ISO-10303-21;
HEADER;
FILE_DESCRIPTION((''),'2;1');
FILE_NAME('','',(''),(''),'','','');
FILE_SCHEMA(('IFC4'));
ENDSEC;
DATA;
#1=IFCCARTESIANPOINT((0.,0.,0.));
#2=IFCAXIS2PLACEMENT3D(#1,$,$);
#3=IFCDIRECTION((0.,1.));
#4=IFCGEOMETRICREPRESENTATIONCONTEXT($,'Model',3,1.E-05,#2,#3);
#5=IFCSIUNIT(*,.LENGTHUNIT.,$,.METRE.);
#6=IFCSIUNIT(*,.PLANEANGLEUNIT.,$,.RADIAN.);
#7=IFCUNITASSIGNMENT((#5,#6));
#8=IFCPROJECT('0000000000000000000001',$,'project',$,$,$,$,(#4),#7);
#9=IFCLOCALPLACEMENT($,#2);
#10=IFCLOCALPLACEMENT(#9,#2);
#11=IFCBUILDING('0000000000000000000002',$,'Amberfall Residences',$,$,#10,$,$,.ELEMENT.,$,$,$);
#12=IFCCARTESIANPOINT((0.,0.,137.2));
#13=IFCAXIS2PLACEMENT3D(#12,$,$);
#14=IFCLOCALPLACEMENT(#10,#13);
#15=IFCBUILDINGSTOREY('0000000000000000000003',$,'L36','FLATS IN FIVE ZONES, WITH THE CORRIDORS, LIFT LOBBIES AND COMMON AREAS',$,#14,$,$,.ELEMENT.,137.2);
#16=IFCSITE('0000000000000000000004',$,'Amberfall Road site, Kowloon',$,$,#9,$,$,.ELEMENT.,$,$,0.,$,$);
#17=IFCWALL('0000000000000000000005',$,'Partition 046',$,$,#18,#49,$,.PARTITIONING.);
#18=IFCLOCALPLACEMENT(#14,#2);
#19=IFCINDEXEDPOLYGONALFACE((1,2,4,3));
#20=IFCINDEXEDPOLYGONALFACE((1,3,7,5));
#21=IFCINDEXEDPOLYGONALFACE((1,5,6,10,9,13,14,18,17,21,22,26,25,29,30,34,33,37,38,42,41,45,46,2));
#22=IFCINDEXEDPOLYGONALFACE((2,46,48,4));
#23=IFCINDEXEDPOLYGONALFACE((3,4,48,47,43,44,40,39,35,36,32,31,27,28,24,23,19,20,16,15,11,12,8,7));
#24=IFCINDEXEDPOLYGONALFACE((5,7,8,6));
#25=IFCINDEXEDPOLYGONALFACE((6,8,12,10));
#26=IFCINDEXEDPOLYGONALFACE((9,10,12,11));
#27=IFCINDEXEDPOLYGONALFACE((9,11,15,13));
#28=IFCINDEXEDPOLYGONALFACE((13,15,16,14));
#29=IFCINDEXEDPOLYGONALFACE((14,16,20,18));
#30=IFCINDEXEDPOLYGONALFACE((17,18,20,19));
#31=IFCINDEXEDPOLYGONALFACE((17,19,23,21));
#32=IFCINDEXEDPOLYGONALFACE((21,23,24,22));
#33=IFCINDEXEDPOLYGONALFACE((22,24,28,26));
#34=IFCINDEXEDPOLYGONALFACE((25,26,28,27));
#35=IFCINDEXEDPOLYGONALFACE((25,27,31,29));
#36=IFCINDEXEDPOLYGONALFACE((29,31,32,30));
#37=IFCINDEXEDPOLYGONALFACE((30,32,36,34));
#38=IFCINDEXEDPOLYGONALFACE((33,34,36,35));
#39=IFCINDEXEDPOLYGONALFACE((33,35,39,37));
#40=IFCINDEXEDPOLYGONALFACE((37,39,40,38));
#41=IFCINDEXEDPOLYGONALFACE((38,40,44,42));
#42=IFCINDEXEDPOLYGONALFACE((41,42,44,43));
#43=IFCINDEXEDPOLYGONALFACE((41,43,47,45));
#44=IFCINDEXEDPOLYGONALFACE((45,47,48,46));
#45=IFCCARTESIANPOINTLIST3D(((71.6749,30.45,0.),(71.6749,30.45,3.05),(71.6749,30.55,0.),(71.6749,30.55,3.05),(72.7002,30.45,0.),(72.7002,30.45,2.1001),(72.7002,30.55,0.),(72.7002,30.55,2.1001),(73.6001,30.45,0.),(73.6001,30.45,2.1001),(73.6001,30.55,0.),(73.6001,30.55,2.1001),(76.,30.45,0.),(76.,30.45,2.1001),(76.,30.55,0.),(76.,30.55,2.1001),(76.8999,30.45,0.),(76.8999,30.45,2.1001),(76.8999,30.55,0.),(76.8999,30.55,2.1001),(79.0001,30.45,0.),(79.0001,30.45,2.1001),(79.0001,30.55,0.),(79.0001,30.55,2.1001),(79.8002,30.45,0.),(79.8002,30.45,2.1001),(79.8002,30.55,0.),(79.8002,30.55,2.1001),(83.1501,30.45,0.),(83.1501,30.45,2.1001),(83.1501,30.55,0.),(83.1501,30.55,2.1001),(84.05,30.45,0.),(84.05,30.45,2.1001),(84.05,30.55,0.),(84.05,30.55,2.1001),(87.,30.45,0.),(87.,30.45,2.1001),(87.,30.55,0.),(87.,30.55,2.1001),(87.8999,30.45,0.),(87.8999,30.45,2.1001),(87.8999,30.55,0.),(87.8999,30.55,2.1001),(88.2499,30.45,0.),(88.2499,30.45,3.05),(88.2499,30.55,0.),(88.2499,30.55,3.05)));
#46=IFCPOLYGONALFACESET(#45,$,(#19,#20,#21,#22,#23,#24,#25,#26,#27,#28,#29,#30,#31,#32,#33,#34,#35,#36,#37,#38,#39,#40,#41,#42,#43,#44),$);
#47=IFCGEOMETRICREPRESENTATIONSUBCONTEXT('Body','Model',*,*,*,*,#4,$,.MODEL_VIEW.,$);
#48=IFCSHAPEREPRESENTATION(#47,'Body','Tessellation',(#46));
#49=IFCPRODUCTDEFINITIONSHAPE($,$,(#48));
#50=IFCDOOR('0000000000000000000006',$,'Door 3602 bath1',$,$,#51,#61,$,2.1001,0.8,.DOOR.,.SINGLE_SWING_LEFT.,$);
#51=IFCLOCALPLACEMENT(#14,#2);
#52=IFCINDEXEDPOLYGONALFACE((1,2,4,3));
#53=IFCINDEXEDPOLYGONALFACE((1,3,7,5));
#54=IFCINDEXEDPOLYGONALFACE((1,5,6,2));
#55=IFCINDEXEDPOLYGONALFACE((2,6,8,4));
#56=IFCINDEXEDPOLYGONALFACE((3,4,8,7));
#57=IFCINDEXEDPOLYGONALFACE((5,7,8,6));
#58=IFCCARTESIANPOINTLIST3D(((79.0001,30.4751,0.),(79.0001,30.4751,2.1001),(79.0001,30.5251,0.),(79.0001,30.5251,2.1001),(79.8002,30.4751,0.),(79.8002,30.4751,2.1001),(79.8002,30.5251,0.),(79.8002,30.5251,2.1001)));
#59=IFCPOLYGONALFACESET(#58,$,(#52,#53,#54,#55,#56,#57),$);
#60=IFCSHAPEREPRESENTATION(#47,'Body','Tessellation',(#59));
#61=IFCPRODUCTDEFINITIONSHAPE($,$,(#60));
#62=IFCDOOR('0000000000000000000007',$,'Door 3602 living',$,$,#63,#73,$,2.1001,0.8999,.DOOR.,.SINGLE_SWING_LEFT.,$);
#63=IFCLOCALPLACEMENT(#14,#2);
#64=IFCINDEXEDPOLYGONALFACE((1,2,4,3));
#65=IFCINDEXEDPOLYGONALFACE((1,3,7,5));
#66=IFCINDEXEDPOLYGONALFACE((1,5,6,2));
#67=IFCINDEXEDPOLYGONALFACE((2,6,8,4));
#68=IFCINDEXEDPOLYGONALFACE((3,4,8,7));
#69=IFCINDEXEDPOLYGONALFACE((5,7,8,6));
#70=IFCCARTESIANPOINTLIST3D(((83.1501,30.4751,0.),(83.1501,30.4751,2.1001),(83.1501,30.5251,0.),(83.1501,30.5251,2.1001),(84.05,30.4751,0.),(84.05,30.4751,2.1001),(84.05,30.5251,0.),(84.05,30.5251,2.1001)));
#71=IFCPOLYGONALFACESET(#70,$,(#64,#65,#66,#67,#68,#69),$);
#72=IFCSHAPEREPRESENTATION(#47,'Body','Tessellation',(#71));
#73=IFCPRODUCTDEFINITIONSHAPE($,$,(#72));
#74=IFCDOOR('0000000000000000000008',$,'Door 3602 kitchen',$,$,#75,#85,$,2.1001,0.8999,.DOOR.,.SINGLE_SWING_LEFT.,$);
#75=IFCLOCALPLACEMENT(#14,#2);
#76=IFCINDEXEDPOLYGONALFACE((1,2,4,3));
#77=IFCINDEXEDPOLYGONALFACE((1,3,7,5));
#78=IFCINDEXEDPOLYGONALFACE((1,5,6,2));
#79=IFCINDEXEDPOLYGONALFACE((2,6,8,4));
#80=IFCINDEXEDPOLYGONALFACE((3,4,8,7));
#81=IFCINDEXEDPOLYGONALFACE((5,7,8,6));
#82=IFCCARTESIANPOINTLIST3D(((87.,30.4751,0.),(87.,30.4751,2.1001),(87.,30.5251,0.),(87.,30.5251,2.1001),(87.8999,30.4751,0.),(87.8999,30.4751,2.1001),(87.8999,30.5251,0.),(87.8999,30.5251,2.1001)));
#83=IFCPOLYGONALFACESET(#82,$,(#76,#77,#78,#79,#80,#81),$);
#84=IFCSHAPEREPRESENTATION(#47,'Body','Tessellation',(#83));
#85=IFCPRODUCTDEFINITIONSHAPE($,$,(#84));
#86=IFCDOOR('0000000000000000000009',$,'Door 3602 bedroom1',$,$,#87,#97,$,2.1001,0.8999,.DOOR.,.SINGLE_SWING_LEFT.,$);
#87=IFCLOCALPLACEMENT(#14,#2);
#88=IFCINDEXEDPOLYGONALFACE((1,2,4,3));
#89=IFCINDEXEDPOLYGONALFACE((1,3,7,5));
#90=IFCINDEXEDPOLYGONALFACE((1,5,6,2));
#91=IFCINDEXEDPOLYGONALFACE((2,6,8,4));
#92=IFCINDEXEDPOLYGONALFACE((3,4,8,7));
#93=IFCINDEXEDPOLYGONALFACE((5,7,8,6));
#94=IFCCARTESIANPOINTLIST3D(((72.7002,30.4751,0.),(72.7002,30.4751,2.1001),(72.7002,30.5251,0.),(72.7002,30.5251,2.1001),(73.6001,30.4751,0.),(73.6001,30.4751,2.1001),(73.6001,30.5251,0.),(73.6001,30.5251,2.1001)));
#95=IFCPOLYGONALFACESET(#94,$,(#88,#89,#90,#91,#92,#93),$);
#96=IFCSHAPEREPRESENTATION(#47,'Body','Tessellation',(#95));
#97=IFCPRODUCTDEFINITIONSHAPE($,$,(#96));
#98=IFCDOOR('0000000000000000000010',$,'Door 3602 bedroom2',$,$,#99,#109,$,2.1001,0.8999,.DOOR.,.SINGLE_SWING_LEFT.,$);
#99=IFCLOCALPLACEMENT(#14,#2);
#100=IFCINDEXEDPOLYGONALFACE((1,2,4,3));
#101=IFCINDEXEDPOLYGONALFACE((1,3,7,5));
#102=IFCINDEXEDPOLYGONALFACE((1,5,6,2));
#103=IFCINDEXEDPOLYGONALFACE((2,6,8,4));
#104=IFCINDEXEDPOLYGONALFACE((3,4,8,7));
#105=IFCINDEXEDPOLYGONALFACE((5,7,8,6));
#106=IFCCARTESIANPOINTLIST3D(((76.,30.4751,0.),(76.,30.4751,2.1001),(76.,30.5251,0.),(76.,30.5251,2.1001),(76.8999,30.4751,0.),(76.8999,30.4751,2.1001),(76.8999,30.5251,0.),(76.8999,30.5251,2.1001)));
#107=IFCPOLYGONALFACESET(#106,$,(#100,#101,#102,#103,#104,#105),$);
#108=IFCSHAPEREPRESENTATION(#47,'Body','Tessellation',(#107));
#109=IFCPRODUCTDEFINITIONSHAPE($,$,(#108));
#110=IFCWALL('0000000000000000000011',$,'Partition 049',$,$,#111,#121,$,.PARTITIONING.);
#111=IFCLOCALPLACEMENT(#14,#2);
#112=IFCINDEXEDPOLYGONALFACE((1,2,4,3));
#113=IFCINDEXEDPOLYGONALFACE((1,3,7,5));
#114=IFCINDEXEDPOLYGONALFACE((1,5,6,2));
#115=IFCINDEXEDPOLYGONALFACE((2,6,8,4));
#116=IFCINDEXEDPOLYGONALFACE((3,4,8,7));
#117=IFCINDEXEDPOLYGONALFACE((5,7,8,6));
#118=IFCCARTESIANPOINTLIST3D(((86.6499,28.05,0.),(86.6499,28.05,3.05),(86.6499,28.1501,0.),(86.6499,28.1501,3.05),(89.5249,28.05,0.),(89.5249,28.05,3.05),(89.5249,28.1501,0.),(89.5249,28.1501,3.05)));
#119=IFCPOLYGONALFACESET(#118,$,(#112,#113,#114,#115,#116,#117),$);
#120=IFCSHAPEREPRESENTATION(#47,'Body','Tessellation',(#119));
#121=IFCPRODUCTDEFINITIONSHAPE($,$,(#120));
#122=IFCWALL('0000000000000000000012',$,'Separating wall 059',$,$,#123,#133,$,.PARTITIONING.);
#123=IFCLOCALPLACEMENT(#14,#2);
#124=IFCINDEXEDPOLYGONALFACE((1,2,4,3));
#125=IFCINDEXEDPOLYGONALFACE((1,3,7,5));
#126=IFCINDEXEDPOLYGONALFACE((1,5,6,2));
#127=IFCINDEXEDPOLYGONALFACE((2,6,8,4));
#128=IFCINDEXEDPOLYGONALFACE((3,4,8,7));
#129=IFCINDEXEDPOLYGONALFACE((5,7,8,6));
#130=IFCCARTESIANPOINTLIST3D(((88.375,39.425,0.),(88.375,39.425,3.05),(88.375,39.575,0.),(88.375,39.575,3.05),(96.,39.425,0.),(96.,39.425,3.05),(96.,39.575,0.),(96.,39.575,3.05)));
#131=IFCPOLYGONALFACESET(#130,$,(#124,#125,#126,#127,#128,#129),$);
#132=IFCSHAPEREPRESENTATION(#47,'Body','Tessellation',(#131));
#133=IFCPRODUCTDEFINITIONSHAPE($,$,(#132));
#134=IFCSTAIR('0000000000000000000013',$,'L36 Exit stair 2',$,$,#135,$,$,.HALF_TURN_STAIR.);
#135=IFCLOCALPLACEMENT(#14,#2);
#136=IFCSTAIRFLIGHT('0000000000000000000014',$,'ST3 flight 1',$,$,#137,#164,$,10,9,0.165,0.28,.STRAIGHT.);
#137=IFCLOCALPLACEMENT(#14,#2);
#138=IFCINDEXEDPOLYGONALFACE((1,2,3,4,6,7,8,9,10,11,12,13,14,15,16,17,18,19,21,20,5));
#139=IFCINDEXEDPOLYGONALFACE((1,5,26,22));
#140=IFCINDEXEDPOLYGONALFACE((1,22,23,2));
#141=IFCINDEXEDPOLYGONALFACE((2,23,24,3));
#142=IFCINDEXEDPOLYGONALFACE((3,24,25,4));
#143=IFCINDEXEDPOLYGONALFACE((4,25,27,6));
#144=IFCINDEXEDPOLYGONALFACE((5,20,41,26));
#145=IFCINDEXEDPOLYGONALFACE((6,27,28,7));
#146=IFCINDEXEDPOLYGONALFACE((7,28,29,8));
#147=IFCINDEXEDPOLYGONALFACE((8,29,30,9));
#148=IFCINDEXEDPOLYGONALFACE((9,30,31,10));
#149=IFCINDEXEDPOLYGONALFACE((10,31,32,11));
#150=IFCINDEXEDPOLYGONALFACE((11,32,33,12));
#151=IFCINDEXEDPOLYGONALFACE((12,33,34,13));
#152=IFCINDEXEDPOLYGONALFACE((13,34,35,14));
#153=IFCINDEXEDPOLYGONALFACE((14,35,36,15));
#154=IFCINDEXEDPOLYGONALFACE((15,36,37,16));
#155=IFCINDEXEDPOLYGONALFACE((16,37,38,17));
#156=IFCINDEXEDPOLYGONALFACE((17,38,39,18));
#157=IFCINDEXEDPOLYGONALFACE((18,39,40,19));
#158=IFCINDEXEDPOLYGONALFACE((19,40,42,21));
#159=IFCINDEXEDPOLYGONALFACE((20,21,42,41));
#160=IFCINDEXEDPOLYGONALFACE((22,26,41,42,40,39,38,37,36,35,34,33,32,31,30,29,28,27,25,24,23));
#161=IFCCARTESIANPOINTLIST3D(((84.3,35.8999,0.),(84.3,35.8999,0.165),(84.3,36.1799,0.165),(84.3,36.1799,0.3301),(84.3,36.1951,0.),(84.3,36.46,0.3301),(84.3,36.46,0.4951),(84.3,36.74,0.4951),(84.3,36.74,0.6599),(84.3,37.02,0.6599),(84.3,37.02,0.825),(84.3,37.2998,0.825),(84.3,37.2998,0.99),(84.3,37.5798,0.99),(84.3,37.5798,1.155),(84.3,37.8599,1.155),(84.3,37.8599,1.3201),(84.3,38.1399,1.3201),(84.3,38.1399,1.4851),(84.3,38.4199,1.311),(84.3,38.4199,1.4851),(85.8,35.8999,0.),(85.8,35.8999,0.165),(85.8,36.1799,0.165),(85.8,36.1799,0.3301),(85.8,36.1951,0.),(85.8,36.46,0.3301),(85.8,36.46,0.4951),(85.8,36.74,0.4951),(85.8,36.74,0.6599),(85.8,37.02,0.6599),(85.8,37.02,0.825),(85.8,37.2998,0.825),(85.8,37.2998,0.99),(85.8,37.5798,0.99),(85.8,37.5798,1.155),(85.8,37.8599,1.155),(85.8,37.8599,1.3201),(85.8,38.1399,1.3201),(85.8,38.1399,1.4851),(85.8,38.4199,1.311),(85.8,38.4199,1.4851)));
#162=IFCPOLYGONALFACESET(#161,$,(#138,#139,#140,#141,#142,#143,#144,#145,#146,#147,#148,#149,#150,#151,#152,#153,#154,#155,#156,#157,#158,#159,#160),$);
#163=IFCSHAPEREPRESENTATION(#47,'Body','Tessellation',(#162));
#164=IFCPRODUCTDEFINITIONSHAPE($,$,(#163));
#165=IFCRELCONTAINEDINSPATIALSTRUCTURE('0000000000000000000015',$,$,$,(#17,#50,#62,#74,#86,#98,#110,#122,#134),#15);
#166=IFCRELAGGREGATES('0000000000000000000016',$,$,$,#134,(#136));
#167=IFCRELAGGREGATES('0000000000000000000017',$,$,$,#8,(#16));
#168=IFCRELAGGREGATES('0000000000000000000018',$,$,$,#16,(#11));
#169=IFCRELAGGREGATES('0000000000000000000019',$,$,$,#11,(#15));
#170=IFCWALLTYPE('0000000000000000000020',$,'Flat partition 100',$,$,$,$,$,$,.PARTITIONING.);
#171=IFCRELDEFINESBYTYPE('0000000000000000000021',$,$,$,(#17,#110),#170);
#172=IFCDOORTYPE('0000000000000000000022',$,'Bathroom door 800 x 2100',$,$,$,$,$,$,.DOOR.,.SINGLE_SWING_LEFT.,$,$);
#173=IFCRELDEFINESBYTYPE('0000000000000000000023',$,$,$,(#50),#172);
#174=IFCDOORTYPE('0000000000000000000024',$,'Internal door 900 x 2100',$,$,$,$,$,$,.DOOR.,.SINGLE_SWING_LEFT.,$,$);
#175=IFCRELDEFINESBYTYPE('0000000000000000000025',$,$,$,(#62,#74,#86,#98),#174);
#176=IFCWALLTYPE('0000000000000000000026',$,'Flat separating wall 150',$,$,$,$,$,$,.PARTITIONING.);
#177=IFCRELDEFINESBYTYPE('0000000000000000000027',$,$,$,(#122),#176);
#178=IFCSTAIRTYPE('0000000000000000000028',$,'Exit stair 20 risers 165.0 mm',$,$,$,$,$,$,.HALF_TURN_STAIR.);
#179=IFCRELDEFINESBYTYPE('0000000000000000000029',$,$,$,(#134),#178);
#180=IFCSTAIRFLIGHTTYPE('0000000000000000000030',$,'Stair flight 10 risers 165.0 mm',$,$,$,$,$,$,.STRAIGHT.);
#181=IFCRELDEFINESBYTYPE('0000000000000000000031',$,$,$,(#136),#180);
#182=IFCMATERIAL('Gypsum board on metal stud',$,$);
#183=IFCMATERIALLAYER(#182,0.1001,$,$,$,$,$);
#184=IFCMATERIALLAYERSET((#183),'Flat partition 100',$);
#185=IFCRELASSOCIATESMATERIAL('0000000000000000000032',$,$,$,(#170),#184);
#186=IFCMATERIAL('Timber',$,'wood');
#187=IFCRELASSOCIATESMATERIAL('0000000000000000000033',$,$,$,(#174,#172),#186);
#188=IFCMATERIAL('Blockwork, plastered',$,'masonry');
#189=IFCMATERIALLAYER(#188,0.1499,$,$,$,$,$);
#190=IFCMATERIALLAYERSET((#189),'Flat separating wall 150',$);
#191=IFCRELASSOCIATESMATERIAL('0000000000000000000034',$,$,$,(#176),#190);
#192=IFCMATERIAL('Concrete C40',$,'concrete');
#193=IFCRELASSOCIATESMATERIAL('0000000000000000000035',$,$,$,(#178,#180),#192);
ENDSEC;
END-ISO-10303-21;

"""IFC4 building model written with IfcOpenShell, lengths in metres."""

from ifc_helpers import new_model, si_unit, direction, frame, frame_2d, origin, place, context, subcontext, project, spatial, polyline, rectangle, outline, extrude, material, layer, layer_set, type_object, element, fill, aggregate, save


model = new_model("IFC4")

# Units and contexts
model_context = context("Model", 3, precision=1e-05, world=origin(), true_north=direction((0.0, 1.0)))
body_context = subcontext(model_context, "Body", "Model", "MODEL_VIEW")
ifc_project = project(units=[si_unit("LENGTHUNIT", "METRE"), si_unit("PLANEANGLEUNIT", "RADIAN")], contexts=[model_context])

# Site, building, storey
site_placement = place(None, origin())
site = spatial("IfcSite", under=ifc_project, at=site_placement, Name="Amberfall Road site, Kowloon", CompositionType="ELEMENT", RefElevation=0.0)
building_placement = place(site_placement, origin())
building = spatial("IfcBuilding", under=site, at=building_placement, Name="Amberfall Residences", CompositionType="ELEMENT")
storey_placement = place(building_placement, frame((0.0, 0.0, 137.2)))
storey = spatial("IfcBuildingStorey", under=building, at=storey_placement, Name="L36", Description="FLATS IN FIVE ZONES, WITH THE CORRIDORS, LIFT LOBBIES AND COMMON AREAS", CompositionType="ELEMENT", Elevation=137.2)

# Shared definitions
ifc_material_1 = material(Name="Gypsum board on metal stud")
ifc_layer_1 = layer(ifc_material_1, 0.1001)
ifc_layer_set_1 = layer_set([ifc_layer_1], Name="Flat partition 100")
wall_type_1 = type_object("IfcWallType", Name="Flat partition 100", PredefinedType="PARTITIONING", material=ifc_layer_set_1)

# Wall, openings, doors
ifc_material_2 = material(Name="Timber", Category="wood")
door_type_1 = type_object("IfcDoorType", Name="Internal door 900 x 2100", OperationType="SINGLE_SWING_LEFT", PredefinedType="DOOR", material=ifc_material_2)
wall_1_placement = place(storey_placement, frame((88.25, 30.5, 0.0), z_axis=(0.0, 0.0, 1.0), x_axis=(-1.0, 0.0, 0.0)))
wall_1 = element("IfcWall", 1, at=wall_1_placement, inside=storey, type_object=wall_type_1, Name="Partition 046", PredefinedType="PARTITIONING", context=body_context, shape_type="SweptSolid", body=[
    extrude(rectangle(XDim=16.575, YDim=0.1001, at=frame_2d((8.2876, 0.0))), origin(), (0.0, 0.0, 1.0), 3.05),
])
opening_1_placement = place(wall_1_placement, frame((4.2, 0.0, 0.0)))
opening_1 = element("IfcOpeningElement", 2, at=opening_1_placement, cuts=wall_1, PredefinedType="OPENING", context=body_context, shape_type="SweptSolid", body=[
    extrude(rectangle(XDim=0.8999, YDim=2.1001, at=frame_2d((0.45, 1.05))), frame((0.0, 0.0601, 0.0), z_axis=(0.0, -1.0, 0.0), x_axis=(1.0, 0.0, 0.0)), (0.0, 0.0, 1.0), 0.1201),
])
opening_2_placement = place(wall_1_placement, frame((0.3501, 0.0, 0.0)))
opening_2 = element("IfcOpeningElement", 3, at=opening_2_placement, cuts=wall_1, PredefinedType="OPENING", context=body_context, shape_type="SweptSolid", body=[
    extrude(rectangle(XDim=0.8999, YDim=2.1001, at=frame_2d((0.45, 1.05))), frame((0.0, 0.0601, 0.0), z_axis=(0.0, -1.0, 0.0), x_axis=(1.0, 0.0, 0.0)), (0.0, 0.0, 1.0), 0.1201),
])
opening_3_placement = place(wall_1_placement, frame((14.6499, 0.0, 0.0)))
opening_3 = element("IfcOpeningElement", 4, at=opening_3_placement, cuts=wall_1, PredefinedType="OPENING", context=body_context, shape_type="SweptSolid", body=[
    extrude(rectangle(XDim=0.8999, YDim=2.1001, at=frame_2d((0.45, 1.05))), frame((0.0, 0.0601, 0.0), z_axis=(0.0, -1.0, 0.0), x_axis=(1.0, 0.0, 0.0)), (0.0, 0.0, 1.0), 0.1201),
])
opening_4_placement = place(wall_1_placement, frame((11.3501, 0.0, 0.0)))
opening_4 = element("IfcOpeningElement", 5, at=opening_4_placement, cuts=wall_1, PredefinedType="OPENING", context=body_context, shape_type="SweptSolid", body=[
    extrude(rectangle(XDim=0.8999, YDim=2.1001, at=frame_2d((0.45, 1.05))), frame((0.0, 0.0601, 0.0), z_axis=(0.0, -1.0, 0.0), x_axis=(1.0, 0.0, 0.0)), (0.0, 0.0, 1.0), 0.1201),
])
opening_5_placement = place(wall_1_placement, frame((8.45, 0.0, 0.0)))
opening_5 = element("IfcOpeningElement", 6, at=opening_5_placement, cuts=wall_1, PredefinedType="OPENING", context=body_context, shape_type="SweptSolid", body=[
    extrude(rectangle(XDim=0.8, YDim=2.1001, at=frame_2d((0.3999, 1.05))), frame((0.0, 0.0601, 0.0), z_axis=(0.0, -1.0, 0.0), x_axis=(1.0, 0.0, 0.0)), (0.0, 0.0, 1.0), 0.1201),
])
door_type_2 = type_object("IfcDoorType", Name="Bathroom door 800 x 2100", OperationType="SINGLE_SWING_LEFT", PredefinedType="DOOR", material=ifc_material_2)
door_1_placement = place(opening_5_placement, origin())
door_1 = element("IfcDoor", 7, at=door_1_placement, inside=storey, type_object=door_type_2, Name="Door 3602 bath1", OperationType="SINGLE_SWING_LEFT", OverallHeight=2.1001, OverallWidth=0.8, PredefinedType="DOOR", context=body_context, shape_type="SweptSolid", body=[
    extrude(rectangle(XDim=0.8, YDim=2.1001, at=frame_2d((0.3999, 1.05))), frame((0.0, 0.0249, 0.0), z_axis=(0.0, -1.0, 0.0), x_axis=(1.0, 0.0, 0.0)), (0.0, 0.0, 1.0), 0.05),
])
fill(opening_5, door_1)
door_2_placement = place(opening_1_placement, origin())
door_2 = element("IfcDoor", 8, at=door_2_placement, inside=storey, type_object=door_type_1, Name="Door 3602 living", OperationType="SINGLE_SWING_LEFT", OverallHeight=2.1001, OverallWidth=0.8999, PredefinedType="DOOR", context=body_context, shape_type="SweptSolid", body=[
    extrude(rectangle(XDim=0.8999, YDim=2.1001, at=frame_2d((0.45, 1.05))), frame((0.0, 0.0249, 0.0), z_axis=(0.0, -1.0, 0.0), x_axis=(1.0, 0.0, 0.0)), (0.0, 0.0, 1.0), 0.05),
])
fill(opening_1, door_2)
door_3_placement = place(opening_2_placement, origin())
door_3 = element("IfcDoor", 9, at=door_3_placement, inside=storey, type_object=door_type_1, Name="Door 3602 kitchen", OperationType="SINGLE_SWING_LEFT", OverallHeight=2.1001, OverallWidth=0.8999, PredefinedType="DOOR", context=body_context, shape_type="SweptSolid", body=[
    extrude(rectangle(XDim=0.8999, YDim=2.1001, at=frame_2d((0.45, 1.05))), frame((0.0, 0.0249, 0.0), z_axis=(0.0, -1.0, 0.0), x_axis=(1.0, 0.0, 0.0)), (0.0, 0.0, 1.0), 0.05),
])
fill(opening_2, door_3)
door_4_placement = place(opening_3_placement, origin())
door_4 = element("IfcDoor", 10, at=door_4_placement, inside=storey, type_object=door_type_1, Name="Door 3602 bedroom1", OperationType="SINGLE_SWING_LEFT", OverallHeight=2.1001, OverallWidth=0.8999, PredefinedType="DOOR", context=body_context, shape_type="SweptSolid", body=[
    extrude(rectangle(XDim=0.8999, YDim=2.1001, at=frame_2d((0.45, 1.05))), frame((0.0, 0.0249, 0.0), z_axis=(0.0, -1.0, 0.0), x_axis=(1.0, 0.0, 0.0)), (0.0, 0.0, 1.0), 0.05),
])
fill(opening_3, door_4)
door_5_placement = place(opening_4_placement, origin())
door_5 = element("IfcDoor", 11, at=door_5_placement, inside=storey, type_object=door_type_1, Name="Door 3602 bedroom2", OperationType="SINGLE_SWING_LEFT", OverallHeight=2.1001, OverallWidth=0.8999, PredefinedType="DOOR", context=body_context, shape_type="SweptSolid", body=[
    extrude(rectangle(XDim=0.8999, YDim=2.1001, at=frame_2d((0.45, 1.05))), frame((0.0, 0.0249, 0.0), z_axis=(0.0, -1.0, 0.0), x_axis=(1.0, 0.0, 0.0)), (0.0, 0.0, 1.0), 0.05),
])
fill(opening_4, door_5)

# Walls
wall_2_placement = place(storey_placement, frame((86.6499, 28.1001, 0.0), z_axis=(0.0, 0.0, 1.0), x_axis=(1.0, 0.0, 0.0)))
element("IfcWall", 12, at=wall_2_placement, inside=storey, type_object=wall_type_1, Name="Partition 049", PredefinedType="PARTITIONING", context=body_context, shape_type="SweptSolid", body=[
    extrude(rectangle(XDim=2.875, YDim=0.1001, at=frame_2d((1.4375, 0.0))), origin(), (0.0, 0.0, 1.0), 3.05),
])
ifc_material_3 = material(Name="Blockwork, plastered", Category="masonry")
ifc_layer_2 = layer(ifc_material_3, 0.1499)
ifc_layer_set_2 = layer_set([ifc_layer_2], Name="Flat separating wall 150")
wall_type_2 = type_object("IfcWallType", Name="Flat separating wall 150", PredefinedType="PARTITIONING", material=ifc_layer_set_2)
wall_3_placement = place(storey_placement, frame((88.375, 39.5, 0.0), z_axis=(0.0, 0.0, 1.0), x_axis=(1.0, 0.0, 0.0)))
element("IfcWall", 13, at=wall_3_placement, inside=storey, type_object=wall_type_2, Name="Separating wall 059", PredefinedType="PARTITIONING", context=body_context, shape_type="SweptSolid", body=[
    extrude(rectangle(XDim=7.625, YDim=0.1499, at=frame_2d((3.8125, 0.0))), origin(), (0.0, 0.0, 1.0), 3.05),
])

# Stair, stair flight
ifc_material_4 = material(Name="Concrete C40", Category="concrete")
stair_type = type_object("IfcStairType", Name="Exit stair 20 risers 165.0 mm", PredefinedType="HALF_TURN_STAIR", material=ifc_material_4)
stair_placement = place(storey_placement, origin())
stair = element("IfcStair", 14, at=stair_placement, inside=storey, type_object=stair_type, Name="L36 Exit stair 2", PredefinedType="HALF_TURN_STAIR")
stair_flight_type = type_object("IfcStairFlightType", Name="Stair flight 10 risers 165.0 mm", PredefinedType="STRAIGHT", material=ifc_material_4)
stair_flight_1_placement = place(storey_placement, frame((85.05, 35.8999, 0.0), z_axis=(0.0, 0.0, 1.0), x_axis=(0.0, 1.0, 0.0)))
stair_flight_1 = element("IfcStairFlight", 15, at=stair_flight_1_placement, type_object=stair_flight_type, Name="ST3 flight 1", NumberOfRisers=10, NumberOfTreads=9, PredefinedType="STRAIGHT", RiserHeight=0.165, TreadLength=0.28, context=body_context, shape_type="SweptSolid", body=[
    extrude(outline(polyline([(0.0, 0.0), (0.0, 0.165), (0.28, 0.165), (0.28, 0.3301), (0.5601, 0.3301), (0.5601, 0.4951), (0.8401, 0.4951), (0.8401, 0.6599), (1.1201, 0.6599), (1.1201, 0.825), (1.3999, 0.825), (1.3999, 0.99), (1.6799, 0.99), (1.6799, 1.155), (1.96, 1.155), (1.96, 1.3201), (2.24, 1.3201), (2.24, 1.4851), (2.52, 1.4851), (2.52, 1.6499), (2.52, 1.311), (0.2952, 0.0), (0.0, 0.0)])), frame((0.0, 0.75, 0.0), z_axis=(0.0, -1.0, 0.0), x_axis=(1.0, 0.0, 0.0)), (0.0, 0.0, 1.0), 1.5),
])
aggregate(stair, [stair_flight_1])

save(model, "model.ifc")
